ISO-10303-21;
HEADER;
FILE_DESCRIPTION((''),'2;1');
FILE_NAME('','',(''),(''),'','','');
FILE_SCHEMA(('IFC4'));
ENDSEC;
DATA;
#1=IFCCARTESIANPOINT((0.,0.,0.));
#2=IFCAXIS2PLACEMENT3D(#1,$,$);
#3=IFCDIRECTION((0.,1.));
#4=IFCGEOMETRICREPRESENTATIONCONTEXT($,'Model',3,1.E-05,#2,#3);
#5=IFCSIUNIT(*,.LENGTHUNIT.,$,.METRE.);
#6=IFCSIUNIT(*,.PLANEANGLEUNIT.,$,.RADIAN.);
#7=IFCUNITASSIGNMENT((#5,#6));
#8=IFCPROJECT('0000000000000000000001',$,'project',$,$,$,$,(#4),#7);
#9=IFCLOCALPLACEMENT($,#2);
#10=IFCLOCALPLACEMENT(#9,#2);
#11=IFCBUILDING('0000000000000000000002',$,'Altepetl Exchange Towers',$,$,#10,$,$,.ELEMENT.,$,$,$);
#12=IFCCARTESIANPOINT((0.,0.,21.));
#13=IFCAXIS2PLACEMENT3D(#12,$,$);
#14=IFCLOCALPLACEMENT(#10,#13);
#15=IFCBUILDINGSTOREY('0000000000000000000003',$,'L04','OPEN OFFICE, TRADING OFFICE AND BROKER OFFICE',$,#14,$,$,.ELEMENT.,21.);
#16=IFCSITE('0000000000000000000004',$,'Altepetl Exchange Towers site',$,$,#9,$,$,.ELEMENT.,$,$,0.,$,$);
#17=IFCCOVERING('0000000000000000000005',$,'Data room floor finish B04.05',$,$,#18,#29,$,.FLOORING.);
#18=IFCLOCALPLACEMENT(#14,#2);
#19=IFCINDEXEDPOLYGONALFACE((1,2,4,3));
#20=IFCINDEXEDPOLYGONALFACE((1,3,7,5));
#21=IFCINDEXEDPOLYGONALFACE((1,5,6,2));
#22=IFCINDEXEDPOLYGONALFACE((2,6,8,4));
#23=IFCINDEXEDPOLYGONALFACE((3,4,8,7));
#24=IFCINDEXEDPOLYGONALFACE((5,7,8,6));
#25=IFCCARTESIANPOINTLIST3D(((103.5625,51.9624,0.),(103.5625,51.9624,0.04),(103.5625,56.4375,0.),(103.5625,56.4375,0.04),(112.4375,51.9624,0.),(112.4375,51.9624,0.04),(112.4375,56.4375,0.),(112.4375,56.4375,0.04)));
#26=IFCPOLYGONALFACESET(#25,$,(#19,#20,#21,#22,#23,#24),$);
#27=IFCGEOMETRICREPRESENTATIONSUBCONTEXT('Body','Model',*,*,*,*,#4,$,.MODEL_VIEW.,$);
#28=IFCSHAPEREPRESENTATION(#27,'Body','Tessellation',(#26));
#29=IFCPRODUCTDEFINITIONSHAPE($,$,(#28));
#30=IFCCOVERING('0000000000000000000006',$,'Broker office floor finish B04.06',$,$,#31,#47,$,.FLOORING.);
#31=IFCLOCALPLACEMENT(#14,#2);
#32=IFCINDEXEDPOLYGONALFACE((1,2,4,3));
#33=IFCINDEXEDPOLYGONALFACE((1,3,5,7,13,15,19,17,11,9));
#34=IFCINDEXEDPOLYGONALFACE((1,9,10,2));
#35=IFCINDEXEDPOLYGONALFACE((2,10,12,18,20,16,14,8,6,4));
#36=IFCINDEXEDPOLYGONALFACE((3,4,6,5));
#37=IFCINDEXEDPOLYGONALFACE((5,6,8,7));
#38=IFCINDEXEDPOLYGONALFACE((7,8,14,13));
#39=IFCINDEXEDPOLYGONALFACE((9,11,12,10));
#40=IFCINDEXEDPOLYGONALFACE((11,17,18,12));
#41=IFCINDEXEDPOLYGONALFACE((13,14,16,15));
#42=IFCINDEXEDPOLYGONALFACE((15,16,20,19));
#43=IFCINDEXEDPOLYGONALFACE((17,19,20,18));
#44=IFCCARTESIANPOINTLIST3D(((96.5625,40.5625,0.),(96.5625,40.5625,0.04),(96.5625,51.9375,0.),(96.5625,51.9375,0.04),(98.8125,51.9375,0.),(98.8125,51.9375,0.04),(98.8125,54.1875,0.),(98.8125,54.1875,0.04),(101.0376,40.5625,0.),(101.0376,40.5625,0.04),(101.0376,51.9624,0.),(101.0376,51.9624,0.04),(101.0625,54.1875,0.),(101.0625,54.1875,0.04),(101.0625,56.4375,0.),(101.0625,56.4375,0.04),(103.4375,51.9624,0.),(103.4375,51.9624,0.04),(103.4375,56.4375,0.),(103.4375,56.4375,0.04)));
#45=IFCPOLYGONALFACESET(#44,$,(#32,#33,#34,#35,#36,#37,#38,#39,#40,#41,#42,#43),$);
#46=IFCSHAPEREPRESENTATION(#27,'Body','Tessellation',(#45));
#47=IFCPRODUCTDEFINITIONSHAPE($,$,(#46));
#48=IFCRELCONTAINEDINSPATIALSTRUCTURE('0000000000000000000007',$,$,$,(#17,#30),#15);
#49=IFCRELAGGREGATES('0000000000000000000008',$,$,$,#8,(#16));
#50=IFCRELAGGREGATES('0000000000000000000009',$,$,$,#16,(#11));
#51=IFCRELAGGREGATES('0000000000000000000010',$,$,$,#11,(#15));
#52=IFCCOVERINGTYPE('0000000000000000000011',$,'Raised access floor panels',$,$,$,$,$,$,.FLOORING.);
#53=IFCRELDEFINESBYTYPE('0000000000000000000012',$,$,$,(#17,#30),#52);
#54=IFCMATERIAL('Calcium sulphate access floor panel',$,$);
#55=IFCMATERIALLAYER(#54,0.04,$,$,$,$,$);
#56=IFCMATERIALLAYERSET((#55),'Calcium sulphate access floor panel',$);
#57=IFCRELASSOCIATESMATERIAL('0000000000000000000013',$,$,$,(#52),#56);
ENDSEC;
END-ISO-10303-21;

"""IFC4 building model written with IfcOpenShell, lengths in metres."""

from ifc_helpers import new_model, si_unit, direction, frame, origin, place, context, subcontext, project, spatial, polyline, outline, extrude, material, layer, layer_set, type_object, element, save


model = new_model("IFC4")

# Units and contexts
model_context = context("Model", 3, precision=1e-05, world=origin(), true_north=direction((0.0, 1.0)))
body_context = subcontext(model_context, "Body", "Model", "MODEL_VIEW")
ifc_project = project(units=[si_unit("LENGTHUNIT", "METRE"), si_unit("PLANEANGLEUNIT", "RADIAN")], contexts=[model_context])

# Site, building, storey
site_placement = place(None, origin())
site = spatial("IfcSite", under=ifc_project, at=site_placement, Name="Altepetl Exchange Towers site", CompositionType="ELEMENT", RefElevation=0.0)
building_placement = place(site_placement, origin())
building = spatial("IfcBuilding", under=site, at=building_placement, Name="Altepetl Exchange Towers", CompositionType="ELEMENT")
storey_placement = place(building_placement, frame((0.0, 0.0, 21.0)))
storey = spatial("IfcBuildingStorey", under=building, at=storey_placement, Name="L04", Description="OPEN OFFICE, TRADING OFFICE AND BROKER OFFICE", CompositionType="ELEMENT", Elevation=21.0)

# Coverings
ifc_material_1 = material(Name="Calcium sulphate access floor panel")
ifc_layer_1 = layer(ifc_material_1, 0.04)
ifc_layer_set_1 = layer_set([ifc_layer_1], Name="Calcium sulphate access floor panel")
covering_type = type_object("IfcCoveringType", Name="Raised access floor panels", PredefinedType="FLOORING", material=ifc_layer_set_1)
covering_1_placement = place(storey_placement, origin())
element("IfcCovering", 1, at=covering_1_placement, inside=storey, type_object=covering_type, Name="Data room floor finish B04.05", PredefinedType="FLOORING", context=body_context, shape_type="SweptSolid", body=[
    extrude(outline(polyline([(103.5625, 56.4375), (103.5625, 51.9624), (112.4375, 51.9624), (112.4375, 56.4375), (103.5625, 56.4375)])), origin(), (0.0, 0.0, 1.0), 0.04),
])
covering_2_placement = place(storey_placement, origin())
element("IfcCovering", 2, at=covering_2_placement, inside=storey, type_object=covering_type, Name="Broker office floor finish B04.06", PredefinedType="FLOORING", context=body_context, shape_type="SweptSolid", body=[
    extrude(outline(polyline([(101.0625, 54.1875), (98.8125, 54.1875), (98.8125, 51.9375), (96.5625, 51.9375), (96.5625, 40.5625), (101.0376, 40.5625), (101.0376, 51.9624), (103.4375, 51.9624), (103.4375, 56.4375), (101.0625, 56.4375), (101.0625, 54.1875)])), origin(), (0.0, 0.0, 1.0), 0.04),
])

save(model, "model.ifc")
